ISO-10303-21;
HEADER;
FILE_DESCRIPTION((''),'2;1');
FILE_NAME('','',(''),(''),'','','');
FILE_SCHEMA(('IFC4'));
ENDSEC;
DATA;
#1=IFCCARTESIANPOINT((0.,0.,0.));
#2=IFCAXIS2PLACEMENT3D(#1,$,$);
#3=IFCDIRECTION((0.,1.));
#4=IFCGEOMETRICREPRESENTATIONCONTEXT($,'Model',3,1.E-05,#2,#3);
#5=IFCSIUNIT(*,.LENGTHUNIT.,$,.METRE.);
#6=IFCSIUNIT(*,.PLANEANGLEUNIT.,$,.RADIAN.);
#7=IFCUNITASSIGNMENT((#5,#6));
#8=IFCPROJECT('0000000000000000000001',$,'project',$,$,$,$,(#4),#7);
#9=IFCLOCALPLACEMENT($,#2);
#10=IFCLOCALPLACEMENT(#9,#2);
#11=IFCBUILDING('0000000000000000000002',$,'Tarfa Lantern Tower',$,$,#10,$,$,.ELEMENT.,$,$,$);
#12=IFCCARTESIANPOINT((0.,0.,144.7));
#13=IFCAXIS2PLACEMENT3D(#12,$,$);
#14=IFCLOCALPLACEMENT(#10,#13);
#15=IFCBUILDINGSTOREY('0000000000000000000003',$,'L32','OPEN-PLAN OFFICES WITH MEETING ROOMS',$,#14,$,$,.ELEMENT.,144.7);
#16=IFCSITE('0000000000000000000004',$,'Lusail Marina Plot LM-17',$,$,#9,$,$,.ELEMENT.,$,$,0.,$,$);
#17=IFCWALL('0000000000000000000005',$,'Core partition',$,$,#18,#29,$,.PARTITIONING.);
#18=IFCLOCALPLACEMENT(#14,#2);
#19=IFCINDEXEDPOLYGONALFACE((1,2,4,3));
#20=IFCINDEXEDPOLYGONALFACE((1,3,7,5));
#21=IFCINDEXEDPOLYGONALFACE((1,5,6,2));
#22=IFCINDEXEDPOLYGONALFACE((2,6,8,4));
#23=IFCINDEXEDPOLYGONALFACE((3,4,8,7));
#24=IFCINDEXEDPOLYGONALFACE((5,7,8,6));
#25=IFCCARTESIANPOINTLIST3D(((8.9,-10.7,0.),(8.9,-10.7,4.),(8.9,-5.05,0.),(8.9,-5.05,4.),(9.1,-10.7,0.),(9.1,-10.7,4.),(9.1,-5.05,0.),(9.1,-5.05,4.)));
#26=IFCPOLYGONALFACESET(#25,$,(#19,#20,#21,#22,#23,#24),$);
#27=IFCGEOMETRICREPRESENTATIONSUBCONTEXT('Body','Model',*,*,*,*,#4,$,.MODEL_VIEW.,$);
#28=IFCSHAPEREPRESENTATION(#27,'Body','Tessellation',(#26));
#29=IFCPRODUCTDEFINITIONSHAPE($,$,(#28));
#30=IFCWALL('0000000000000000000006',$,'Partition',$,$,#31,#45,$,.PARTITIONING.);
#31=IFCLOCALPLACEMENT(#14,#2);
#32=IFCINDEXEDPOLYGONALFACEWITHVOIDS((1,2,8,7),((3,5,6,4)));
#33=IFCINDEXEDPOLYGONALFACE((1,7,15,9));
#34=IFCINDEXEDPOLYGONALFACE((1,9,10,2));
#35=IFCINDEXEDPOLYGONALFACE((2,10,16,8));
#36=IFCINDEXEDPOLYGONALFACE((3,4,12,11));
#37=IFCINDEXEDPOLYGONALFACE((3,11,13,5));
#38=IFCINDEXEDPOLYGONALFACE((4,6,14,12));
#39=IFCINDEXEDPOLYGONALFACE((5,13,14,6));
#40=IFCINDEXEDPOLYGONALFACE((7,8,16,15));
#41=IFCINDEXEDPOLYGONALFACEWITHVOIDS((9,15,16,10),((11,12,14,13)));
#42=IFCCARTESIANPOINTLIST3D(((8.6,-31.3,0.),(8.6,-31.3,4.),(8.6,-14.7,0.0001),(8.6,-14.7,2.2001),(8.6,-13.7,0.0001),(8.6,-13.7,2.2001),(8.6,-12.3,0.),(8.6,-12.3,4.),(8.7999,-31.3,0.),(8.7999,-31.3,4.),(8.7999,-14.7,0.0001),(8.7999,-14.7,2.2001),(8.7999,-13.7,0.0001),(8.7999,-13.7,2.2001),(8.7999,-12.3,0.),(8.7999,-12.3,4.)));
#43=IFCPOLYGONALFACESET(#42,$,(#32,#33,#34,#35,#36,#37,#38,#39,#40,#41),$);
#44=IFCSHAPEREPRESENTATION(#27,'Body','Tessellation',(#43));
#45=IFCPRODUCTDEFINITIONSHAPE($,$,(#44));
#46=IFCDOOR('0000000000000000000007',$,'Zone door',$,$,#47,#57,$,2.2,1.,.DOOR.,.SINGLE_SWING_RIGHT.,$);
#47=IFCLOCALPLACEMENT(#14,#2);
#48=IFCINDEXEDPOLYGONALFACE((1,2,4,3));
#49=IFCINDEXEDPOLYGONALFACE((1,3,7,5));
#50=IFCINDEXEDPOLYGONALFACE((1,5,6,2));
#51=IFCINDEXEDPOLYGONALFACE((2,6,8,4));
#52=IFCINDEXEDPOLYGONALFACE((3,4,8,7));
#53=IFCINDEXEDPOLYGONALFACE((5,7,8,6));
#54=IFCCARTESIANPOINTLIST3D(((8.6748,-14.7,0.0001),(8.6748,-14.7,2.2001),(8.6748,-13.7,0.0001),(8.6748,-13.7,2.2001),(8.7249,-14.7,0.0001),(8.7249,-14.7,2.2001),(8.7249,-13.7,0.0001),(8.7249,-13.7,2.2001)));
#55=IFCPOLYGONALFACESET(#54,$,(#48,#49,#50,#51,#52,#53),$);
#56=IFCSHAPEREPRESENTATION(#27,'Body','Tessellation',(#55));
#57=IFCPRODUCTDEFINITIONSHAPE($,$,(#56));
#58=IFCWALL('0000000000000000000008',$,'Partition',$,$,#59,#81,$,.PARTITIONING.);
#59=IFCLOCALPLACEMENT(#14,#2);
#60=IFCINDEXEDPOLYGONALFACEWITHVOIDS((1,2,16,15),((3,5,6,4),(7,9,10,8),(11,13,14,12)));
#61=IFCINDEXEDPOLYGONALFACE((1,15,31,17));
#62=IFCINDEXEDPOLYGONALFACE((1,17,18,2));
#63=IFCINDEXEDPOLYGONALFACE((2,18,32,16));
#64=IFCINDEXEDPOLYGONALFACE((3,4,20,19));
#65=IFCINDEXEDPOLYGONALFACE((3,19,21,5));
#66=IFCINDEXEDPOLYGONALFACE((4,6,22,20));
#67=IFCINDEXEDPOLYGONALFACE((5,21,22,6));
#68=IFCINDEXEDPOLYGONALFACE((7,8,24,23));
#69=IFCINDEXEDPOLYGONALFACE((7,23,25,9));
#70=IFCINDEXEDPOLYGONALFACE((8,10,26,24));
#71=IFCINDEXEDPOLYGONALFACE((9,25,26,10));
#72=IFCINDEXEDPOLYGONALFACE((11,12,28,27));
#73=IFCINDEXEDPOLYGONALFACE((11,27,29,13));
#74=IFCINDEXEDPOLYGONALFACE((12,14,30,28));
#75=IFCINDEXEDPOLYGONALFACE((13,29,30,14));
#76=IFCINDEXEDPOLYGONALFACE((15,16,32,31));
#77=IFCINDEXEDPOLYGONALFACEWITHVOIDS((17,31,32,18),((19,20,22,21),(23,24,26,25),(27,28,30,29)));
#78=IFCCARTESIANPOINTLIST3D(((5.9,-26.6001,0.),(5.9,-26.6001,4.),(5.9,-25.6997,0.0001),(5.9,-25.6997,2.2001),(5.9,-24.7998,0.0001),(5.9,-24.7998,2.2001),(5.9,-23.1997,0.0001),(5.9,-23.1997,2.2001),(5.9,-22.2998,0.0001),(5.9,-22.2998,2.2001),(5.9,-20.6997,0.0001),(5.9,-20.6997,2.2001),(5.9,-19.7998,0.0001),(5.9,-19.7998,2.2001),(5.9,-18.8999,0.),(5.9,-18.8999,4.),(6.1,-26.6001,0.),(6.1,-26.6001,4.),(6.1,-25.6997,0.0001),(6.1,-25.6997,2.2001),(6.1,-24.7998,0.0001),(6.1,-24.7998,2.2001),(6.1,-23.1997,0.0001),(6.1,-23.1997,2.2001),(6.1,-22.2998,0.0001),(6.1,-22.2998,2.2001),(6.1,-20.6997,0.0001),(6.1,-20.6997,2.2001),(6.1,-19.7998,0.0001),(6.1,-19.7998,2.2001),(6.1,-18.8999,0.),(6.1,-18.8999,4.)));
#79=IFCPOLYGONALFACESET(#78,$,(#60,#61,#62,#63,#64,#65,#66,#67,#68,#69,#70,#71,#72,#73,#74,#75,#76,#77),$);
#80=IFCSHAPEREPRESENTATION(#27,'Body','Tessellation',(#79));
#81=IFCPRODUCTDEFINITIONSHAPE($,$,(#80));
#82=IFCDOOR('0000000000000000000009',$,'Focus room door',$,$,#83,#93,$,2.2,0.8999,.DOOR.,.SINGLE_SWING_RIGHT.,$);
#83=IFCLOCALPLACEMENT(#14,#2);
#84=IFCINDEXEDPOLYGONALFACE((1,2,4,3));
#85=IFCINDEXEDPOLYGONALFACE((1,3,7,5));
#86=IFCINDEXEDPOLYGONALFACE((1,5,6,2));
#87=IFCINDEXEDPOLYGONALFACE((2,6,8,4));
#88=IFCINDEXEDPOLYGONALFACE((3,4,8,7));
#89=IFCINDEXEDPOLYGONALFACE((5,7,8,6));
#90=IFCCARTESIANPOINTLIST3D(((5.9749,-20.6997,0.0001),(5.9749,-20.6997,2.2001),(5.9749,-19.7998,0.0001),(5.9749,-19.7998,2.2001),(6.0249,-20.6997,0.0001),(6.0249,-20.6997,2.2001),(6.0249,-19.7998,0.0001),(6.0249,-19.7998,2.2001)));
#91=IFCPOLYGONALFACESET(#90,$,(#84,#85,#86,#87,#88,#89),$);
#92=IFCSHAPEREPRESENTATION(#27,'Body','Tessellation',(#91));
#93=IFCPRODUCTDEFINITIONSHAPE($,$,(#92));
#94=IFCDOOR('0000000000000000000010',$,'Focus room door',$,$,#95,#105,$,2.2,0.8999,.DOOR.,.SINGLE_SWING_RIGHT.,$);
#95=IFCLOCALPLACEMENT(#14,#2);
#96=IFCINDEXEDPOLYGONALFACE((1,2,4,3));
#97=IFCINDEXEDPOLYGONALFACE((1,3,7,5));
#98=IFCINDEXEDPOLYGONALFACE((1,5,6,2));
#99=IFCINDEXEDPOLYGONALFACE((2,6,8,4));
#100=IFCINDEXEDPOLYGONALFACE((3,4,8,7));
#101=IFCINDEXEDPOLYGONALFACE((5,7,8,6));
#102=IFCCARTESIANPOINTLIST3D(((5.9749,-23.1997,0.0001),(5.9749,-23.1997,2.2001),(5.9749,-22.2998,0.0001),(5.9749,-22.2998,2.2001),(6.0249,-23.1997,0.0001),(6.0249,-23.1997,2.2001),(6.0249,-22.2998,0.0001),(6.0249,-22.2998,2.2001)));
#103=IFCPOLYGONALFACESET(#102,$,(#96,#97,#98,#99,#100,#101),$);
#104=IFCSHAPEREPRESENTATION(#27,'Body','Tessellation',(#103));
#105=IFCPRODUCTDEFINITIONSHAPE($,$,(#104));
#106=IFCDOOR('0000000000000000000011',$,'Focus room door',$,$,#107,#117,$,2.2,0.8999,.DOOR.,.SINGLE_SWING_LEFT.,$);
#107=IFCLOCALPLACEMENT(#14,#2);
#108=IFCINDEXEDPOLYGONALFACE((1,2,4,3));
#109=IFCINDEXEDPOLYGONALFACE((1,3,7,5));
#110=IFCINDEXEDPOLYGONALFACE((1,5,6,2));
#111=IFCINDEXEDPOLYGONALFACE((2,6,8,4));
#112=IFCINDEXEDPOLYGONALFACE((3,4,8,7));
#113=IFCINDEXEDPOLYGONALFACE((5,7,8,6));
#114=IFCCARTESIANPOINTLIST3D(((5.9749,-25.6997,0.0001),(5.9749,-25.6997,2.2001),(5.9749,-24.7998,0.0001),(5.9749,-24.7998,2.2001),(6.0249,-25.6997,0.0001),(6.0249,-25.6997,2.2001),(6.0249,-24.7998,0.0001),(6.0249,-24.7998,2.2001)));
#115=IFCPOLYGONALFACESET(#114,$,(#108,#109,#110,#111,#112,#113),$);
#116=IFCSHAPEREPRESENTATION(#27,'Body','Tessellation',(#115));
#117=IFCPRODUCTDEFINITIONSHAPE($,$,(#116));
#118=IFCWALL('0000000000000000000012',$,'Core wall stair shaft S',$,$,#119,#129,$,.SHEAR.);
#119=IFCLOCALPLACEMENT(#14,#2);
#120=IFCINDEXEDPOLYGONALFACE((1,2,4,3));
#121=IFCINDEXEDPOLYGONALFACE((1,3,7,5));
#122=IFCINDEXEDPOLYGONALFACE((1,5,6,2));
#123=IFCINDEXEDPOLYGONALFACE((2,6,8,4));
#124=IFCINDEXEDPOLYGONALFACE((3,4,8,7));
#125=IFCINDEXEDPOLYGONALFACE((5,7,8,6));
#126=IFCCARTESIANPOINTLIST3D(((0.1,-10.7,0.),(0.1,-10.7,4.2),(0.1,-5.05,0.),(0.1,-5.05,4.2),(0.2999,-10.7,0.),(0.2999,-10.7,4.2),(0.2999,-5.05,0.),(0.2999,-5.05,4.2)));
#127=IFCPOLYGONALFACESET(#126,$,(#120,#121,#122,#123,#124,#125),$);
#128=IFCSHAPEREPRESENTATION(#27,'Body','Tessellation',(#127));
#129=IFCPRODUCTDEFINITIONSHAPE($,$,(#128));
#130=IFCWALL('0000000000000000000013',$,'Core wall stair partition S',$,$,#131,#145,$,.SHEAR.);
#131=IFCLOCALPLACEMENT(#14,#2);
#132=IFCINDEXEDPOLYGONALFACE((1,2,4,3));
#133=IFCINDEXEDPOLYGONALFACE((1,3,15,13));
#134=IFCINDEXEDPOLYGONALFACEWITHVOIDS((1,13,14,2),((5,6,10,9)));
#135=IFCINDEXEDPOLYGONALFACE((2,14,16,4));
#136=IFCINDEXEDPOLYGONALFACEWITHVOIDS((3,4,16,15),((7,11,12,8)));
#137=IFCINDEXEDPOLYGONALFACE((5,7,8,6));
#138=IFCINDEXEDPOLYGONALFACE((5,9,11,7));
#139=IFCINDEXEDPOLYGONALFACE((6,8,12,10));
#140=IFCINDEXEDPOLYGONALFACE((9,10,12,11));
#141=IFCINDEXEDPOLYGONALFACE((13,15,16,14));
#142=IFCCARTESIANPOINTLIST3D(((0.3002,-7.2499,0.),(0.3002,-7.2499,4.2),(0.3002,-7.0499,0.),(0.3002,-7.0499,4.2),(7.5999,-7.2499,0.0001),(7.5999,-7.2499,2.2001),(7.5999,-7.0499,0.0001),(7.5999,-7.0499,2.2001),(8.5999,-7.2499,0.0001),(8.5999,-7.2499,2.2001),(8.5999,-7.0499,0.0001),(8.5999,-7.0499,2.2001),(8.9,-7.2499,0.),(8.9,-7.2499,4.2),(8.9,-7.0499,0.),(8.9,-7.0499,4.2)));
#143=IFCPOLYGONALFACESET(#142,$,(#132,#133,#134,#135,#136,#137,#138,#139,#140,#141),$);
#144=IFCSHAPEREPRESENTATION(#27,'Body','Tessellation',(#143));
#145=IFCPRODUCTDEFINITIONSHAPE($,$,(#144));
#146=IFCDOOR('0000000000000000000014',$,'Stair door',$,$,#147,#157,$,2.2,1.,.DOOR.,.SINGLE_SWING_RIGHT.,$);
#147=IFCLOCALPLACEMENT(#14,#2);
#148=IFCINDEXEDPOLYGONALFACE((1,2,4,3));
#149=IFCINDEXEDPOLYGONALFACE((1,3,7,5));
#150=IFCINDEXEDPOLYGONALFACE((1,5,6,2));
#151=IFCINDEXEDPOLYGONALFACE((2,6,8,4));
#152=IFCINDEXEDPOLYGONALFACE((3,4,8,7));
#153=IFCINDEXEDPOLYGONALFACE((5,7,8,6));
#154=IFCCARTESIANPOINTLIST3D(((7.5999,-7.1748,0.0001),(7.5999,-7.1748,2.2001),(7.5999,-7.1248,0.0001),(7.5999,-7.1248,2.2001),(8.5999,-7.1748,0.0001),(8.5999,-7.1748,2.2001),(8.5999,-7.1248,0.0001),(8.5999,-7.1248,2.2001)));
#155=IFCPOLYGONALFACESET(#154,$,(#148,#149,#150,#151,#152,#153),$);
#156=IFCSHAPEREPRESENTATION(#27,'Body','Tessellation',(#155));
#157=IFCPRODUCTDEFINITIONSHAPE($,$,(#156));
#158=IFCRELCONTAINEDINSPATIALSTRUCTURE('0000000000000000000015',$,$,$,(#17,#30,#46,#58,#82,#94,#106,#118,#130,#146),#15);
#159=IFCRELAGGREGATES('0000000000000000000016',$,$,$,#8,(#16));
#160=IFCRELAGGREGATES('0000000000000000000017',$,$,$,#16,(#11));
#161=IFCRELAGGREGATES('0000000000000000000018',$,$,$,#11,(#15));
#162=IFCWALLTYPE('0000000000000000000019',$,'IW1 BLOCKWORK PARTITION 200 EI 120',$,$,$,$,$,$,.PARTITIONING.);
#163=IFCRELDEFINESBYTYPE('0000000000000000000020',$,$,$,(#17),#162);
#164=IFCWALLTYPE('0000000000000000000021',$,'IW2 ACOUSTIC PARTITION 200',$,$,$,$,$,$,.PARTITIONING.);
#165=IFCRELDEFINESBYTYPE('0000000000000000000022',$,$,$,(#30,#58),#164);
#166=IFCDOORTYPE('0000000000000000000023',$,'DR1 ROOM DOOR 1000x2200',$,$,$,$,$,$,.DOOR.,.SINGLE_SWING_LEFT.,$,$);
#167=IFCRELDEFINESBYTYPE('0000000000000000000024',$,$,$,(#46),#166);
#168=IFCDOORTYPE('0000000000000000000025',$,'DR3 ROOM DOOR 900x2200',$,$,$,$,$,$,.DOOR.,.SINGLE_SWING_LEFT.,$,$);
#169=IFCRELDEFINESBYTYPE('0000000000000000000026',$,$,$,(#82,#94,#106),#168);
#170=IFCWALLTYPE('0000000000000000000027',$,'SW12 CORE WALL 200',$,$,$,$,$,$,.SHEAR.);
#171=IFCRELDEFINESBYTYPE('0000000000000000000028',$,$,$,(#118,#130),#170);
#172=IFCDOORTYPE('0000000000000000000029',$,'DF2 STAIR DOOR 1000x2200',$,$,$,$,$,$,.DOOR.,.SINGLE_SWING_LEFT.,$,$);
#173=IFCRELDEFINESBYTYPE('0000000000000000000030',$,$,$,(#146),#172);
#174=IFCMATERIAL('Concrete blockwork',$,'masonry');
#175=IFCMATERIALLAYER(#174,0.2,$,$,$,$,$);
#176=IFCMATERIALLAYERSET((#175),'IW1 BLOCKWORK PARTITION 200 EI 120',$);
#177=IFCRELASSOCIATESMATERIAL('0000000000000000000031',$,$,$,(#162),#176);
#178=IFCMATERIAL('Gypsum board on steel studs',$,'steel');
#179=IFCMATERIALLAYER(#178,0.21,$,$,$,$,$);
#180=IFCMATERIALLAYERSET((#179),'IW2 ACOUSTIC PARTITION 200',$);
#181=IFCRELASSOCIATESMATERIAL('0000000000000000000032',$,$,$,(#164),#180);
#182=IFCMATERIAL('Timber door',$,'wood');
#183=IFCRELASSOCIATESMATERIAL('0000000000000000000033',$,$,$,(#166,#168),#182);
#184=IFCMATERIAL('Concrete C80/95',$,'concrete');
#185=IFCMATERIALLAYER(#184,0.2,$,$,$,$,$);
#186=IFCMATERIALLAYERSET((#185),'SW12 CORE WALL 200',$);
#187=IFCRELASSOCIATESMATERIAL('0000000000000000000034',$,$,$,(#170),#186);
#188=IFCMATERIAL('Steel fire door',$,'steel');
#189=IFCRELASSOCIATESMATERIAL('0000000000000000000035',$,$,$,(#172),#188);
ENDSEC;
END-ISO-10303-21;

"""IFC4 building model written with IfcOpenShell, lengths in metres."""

from ifc_helpers import new_model, si_unit, direction, frame, frame_2d, origin, place, context, subcontext, project, spatial, rectangle, extrude, material, layer, layer_set, type_object, element, fill, save


model = new_model("IFC4")

# Units and contexts
model_context = context("Model", 3, precision=1e-05, world=origin(), true_north=direction((0.0, 1.0)))
body_context = subcontext(model_context, "Body", "Model", "MODEL_VIEW")
ifc_project = project(units=[si_unit("LENGTHUNIT", "METRE"), si_unit("PLANEANGLEUNIT", "RADIAN")], contexts=[model_context])

# Site, building, storey
site_placement = place(None, origin())
site = spatial("IfcSite", under=ifc_project, at=site_placement, Name="Lusail Marina Plot LM-17", CompositionType="ELEMENT", RefElevation=0.0)
building_placement = place(site_placement, origin())
building = spatial("IfcBuilding", under=site, at=building_placement, Name="Tarfa Lantern Tower", CompositionType="ELEMENT")
storey_placement = place(building_placement, frame((0.0, 0.0, 144.7)))
storey = spatial("IfcBuildingStorey", under=building, at=storey_placement, Name="L32", Description="OPEN-PLAN OFFICES WITH MEETING ROOMS", CompositionType="ELEMENT", Elevation=144.7)

# Wall
ifc_material_1 = material(Name="Concrete blockwork", Category="masonry")
ifc_layer_1 = layer(ifc_material_1, 0.2)
ifc_layer_set_1 = layer_set([ifc_layer_1], Name="IW1 BLOCKWORK PARTITION 200 EI 120")
wall_type_1 = type_object("IfcWallType", Name="IW1 BLOCKWORK PARTITION 200 EI 120", PredefinedType="PARTITIONING", material=ifc_layer_set_1)
wall_1_placement = place(storey_placement, frame((9.0, -5.05, 0.0), z_axis=(0.0, 0.0, 1.0), x_axis=(0.0, -1.0, 0.0)))
element("IfcWall", 1, at=wall_1_placement, inside=storey, type_object=wall_type_1, Name="Core partition", PredefinedType="PARTITIONING", context=body_context, shape_type="SweptSolid", body=[
    extrude(rectangle(XDim=5.6499, YDim=0.2, at=frame_2d((2.825, 0.0))), origin(), (0.0, 0.0, 1.0), 4.0),
])

# Wall, opening, door
ifc_material_2 = material(Name="Gypsum board on steel studs", Category="steel")
ifc_layer_2 = layer(ifc_material_2, 0.21)
ifc_layer_set_2 = layer_set([ifc_layer_2], Name="IW2 ACOUSTIC PARTITION 200")
wall_type_2 = type_object("IfcWallType", Name="IW2 ACOUSTIC PARTITION 200", PredefinedType="PARTITIONING", material=ifc_layer_set_2)
wall_2_placement = place(storey_placement, frame((8.7, -12.3, 0.0), z_axis=(0.0, 0.0, 1.0), x_axis=(0.0, -1.0, 0.0)))
wall_2 = element("IfcWall", 2, at=wall_2_placement, inside=storey, type_object=wall_type_2, Name="Partition", PredefinedType="PARTITIONING", context=body_context, shape_type="SweptSolid", body=[
    extrude(rectangle(XDim=19.0, YDim=0.2, at=frame_2d((9.5, 0.0))), origin(), (0.0, 0.0, 1.0), 4.0),
])
opening_1_placement = place(wall_2_placement, frame((1.3999, 0.0, 0.0)))
opening_1 = element("IfcOpeningElement", 3, at=opening_1_placement, cuts=wall_2, PredefinedType="OPENING", context=body_context, shape_type="SweptSolid", body=[
    extrude(rectangle(XDim=1.0, YDim=2.2, at=frame_2d((0.5, 1.1001))), frame((0.0, 0.1099, 0.0), z_axis=(0.0, -1.0, 0.0), x_axis=(1.0, 0.0, 0.0)), (0.0, 0.0, 1.0), 0.22),
])
ifc_material_3 = material(Name="Timber door", Category="wood")
door_type_1 = type_object("IfcDoorType", Name="DR1 ROOM DOOR 1000x2200", OperationType="SINGLE_SWING_LEFT", PredefinedType="DOOR", material=ifc_material_3)
door_1_placement = place(opening_1_placement, origin())
door_1 = element("IfcDoor", 4, at=door_1_placement, inside=storey, type_object=door_type_1, Name="Zone door", OperationType="SINGLE_SWING_RIGHT", OverallHeight=2.2, OverallWidth=1.0, PredefinedType="DOOR", context=body_context, shape_type="SweptSolid", body=[
    extrude(rectangle(XDim=1.0, YDim=2.2, at=frame_2d((0.5, 1.1001))), frame((0.0, 0.0249, 0.0), z_axis=(0.0, -1.0, 0.0), x_axis=(1.0, 0.0, 0.0)), (0.0, 0.0, 1.0), 0.05),
])
fill(opening_1, door_1)

# Wall, openings, doors
wall_3_placement = place(storey_placement, frame((6.0, -18.8999, 0.0), z_axis=(0.0, 0.0, 1.0), x_axis=(0.0, -1.0, 0.0)))
wall_3 = element("IfcWall", 5, at=wall_3_placement, inside=storey, type_object=wall_type_2, Name="Partition", PredefinedType="PARTITIONING", context=body_context, shape_type="SweptSolid", body=[
    extrude(rectangle(XDim=7.7002, YDim=0.2, at=frame_2d((3.8501, 0.0))), origin(), (0.0, 0.0, 1.0), 4.0),
])
opening_2_placement = place(wall_3_placement, frame((0.8999, 0.0, 0.0)))
opening_2 = element("IfcOpeningElement", 6, at=opening_2_placement, cuts=wall_3, PredefinedType="OPENING", context=body_context, shape_type="SweptSolid", body=[
    extrude(rectangle(XDim=0.8999, YDim=2.2, at=frame_2d((0.45, 1.1001))), frame((0.0, 0.1099, 0.0), z_axis=(0.0, -1.0, 0.0), x_axis=(1.0, 0.0, 0.0)), (0.0, 0.0, 1.0), 0.22),
])
opening_3_placement = place(wall_3_placement, frame((3.3999, 0.0, 0.0)))
opening_3 = element("IfcOpeningElement", 7, at=opening_3_placement, cuts=wall_3, PredefinedType="OPENING", context=body_context, shape_type="SweptSolid", body=[
    extrude(rectangle(XDim=0.8999, YDim=2.2, at=frame_2d((0.45, 1.1001))), frame((0.0, 0.1099, 0.0), z_axis=(0.0, -1.0, 0.0), x_axis=(1.0, 0.0, 0.0)), (0.0, 0.0, 1.0), 0.22),
])
opening_4_placement = place(wall_3_placement, frame((5.8999, 0.0, 0.0)))
opening_4 = element("IfcOpeningElement", 8, at=opening_4_placement, cuts=wall_3, PredefinedType="OPENING", context=body_context, shape_type="SweptSolid", body=[
    extrude(rectangle(XDim=0.8999, YDim=2.2, at=frame_2d((0.45, 1.1001))), frame((0.0, 0.1099, 0.0), z_axis=(0.0, -1.0, 0.0), x_axis=(1.0, 0.0, 0.0)), (0.0, 0.0, 1.0), 0.22),
])
door_type_2 = type_object("IfcDoorType", Name="DR3 ROOM DOOR 900x2200", OperationType="SINGLE_SWING_LEFT", PredefinedType="DOOR", material=ifc_material_3)
door_2_placement = place(opening_2_placement, origin())
door_2 = element("IfcDoor", 9, at=door_2_placement, inside=storey, type_object=door_type_2, Name="Focus room door", OperationType="SINGLE_SWING_RIGHT", OverallHeight=2.2, OverallWidth=0.8999, PredefinedType="DOOR", context=body_context, shape_type="SweptSolid", body=[
    extrude(rectangle(XDim=0.8999, YDim=2.2, at=frame_2d((0.45, 1.1001))), frame((0.0, 0.0249, 0.0), z_axis=(0.0, -1.0, 0.0), x_axis=(1.0, 0.0, 0.0)), (0.0, 0.0, 1.0), 0.05),
])
fill(opening_2, door_2)
door_3_placement = place(opening_3_placement, origin())
door_3 = element("IfcDoor", 10, at=door_3_placement, inside=storey, type_object=door_type_2, Name="Focus room door", OperationType="SINGLE_SWING_RIGHT", OverallHeight=2.2, OverallWidth=0.8999, PredefinedType="DOOR", context=body_context, shape_type="SweptSolid", body=[
    extrude(rectangle(XDim=0.8999, YDim=2.2, at=frame_2d((0.45, 1.1001))), frame((0.0, 0.0249, 0.0), z_axis=(0.0, -1.0, 0.0), x_axis=(1.0, 0.0, 0.0)), (0.0, 0.0, 1.0), 0.05),
])
fill(opening_3, door_3)
door_4_placement = place(opening_4_placement, origin())
door_4 = element("IfcDoor", 11, at=door_4_placement, inside=storey, type_object=door_type_2, Name="Focus room door", OperationType="SINGLE_SWING_LEFT", OverallHeight=2.2, OverallWidth=0.8999, PredefinedType="DOOR", context=body_context, shape_type="SweptSolid", body=[
    extrude(rectangle(XDim=0.8999, YDim=2.2, at=frame_2d((0.45, 1.1001))), frame((0.0, 0.0249, 0.0), z_axis=(0.0, -1.0, 0.0), x_axis=(1.0, 0.0, 0.0)), (0.0, 0.0, 1.0), 0.05),
])
fill(opening_4, door_4)

# Wall
ifc_material_4 = material(Name="Concrete C80/95", Category="concrete")
ifc_layer_3 = layer(ifc_material_4, 0.2)
ifc_layer_set_3 = layer_set([ifc_layer_3], Name="SW12 CORE WALL 200")
wall_type_3 = type_object("IfcWallType", Name="SW12 CORE WALL 200", PredefinedType="SHEAR", material=ifc_layer_set_3)
wall_4_placement = place(storey_placement, frame((0.2, -5.05, 0.0), z_axis=(0.0, 0.0, 1.0), x_axis=(0.0, -1.0, 0.0)))
element("IfcWall", 12, at=wall_4_placement, inside=storey, type_object=wall_type_3, Name="Core wall stair shaft S", PredefinedType="SHEAR", context=body_context, shape_type="SweptSolid", body=[
    extrude(rectangle(XDim=5.6499, YDim=0.2, at=frame_2d((2.825, 0.0))), origin(), (0.0, 0.0, 1.0), 4.2),
])

# Wall, opening, door
wall_5_placement = place(storey_placement, frame((8.8999, -7.1499, 0.0), z_axis=(0.0, 0.0, 1.0), x_axis=(-1.0, 0.0, 0.0)))
wall_5 = element("IfcWall", 13, at=wall_5_placement, inside=storey, type_object=wall_type_3, Name="Core wall stair partition S", PredefinedType="SHEAR", context=body_context, shape_type="SweptSolid", body=[
    extrude(rectangle(XDim=8.5999, YDim=0.2, at=frame_2d((4.2998, 0.0))), origin(), (0.0, 0.0, 1.0), 4.2),
])
opening_5_placement = place(wall_5_placement, frame((0.3, 0.0, 0.0)))
opening_5 = element("IfcOpeningElement", 14, at=opening_5_placement, cuts=wall_5, PredefinedType="OPENING", context=body_context, shape_type="SweptSolid", body=[
    extrude(rectangle(XDim=1.0, YDim=2.2, at=frame_2d((0.5, 1.1001))), frame((0.0, 0.1099, 0.0), z_axis=(0.0, -1.0, 0.0), x_axis=(1.0, 0.0, 0.0)), (0.0, 0.0, 1.0), 0.22),
])
ifc_material_5 = material(Name="Steel fire door", Category="steel")
door_type_3 = type_object("IfcDoorType", Name="DF2 STAIR DOOR 1000x2200", OperationType="SINGLE_SWING_LEFT", PredefinedType="DOOR", material=ifc_material_5)
door_5_placement = place(opening_5_placement, origin())
door_5 = element("IfcDoor", 15, at=door_5_placement, inside=storey, type_object=door_type_3, Name="Stair door", OperationType="SINGLE_SWING_RIGHT", OverallHeight=2.2, OverallWidth=1.0, PredefinedType="DOOR", context=body_context, shape_type="SweptSolid", body=[
    extrude(rectangle(XDim=1.0, YDim=2.2, at=frame_2d((0.5, 1.1001))), frame((0.0, 0.0249, 0.0), z_axis=(0.0, -1.0, 0.0), x_axis=(1.0, 0.0, 0.0)), (0.0, 0.0, 1.0), 0.05),
])
fill(opening_5, door_5)

save(model, "model.ifc")
